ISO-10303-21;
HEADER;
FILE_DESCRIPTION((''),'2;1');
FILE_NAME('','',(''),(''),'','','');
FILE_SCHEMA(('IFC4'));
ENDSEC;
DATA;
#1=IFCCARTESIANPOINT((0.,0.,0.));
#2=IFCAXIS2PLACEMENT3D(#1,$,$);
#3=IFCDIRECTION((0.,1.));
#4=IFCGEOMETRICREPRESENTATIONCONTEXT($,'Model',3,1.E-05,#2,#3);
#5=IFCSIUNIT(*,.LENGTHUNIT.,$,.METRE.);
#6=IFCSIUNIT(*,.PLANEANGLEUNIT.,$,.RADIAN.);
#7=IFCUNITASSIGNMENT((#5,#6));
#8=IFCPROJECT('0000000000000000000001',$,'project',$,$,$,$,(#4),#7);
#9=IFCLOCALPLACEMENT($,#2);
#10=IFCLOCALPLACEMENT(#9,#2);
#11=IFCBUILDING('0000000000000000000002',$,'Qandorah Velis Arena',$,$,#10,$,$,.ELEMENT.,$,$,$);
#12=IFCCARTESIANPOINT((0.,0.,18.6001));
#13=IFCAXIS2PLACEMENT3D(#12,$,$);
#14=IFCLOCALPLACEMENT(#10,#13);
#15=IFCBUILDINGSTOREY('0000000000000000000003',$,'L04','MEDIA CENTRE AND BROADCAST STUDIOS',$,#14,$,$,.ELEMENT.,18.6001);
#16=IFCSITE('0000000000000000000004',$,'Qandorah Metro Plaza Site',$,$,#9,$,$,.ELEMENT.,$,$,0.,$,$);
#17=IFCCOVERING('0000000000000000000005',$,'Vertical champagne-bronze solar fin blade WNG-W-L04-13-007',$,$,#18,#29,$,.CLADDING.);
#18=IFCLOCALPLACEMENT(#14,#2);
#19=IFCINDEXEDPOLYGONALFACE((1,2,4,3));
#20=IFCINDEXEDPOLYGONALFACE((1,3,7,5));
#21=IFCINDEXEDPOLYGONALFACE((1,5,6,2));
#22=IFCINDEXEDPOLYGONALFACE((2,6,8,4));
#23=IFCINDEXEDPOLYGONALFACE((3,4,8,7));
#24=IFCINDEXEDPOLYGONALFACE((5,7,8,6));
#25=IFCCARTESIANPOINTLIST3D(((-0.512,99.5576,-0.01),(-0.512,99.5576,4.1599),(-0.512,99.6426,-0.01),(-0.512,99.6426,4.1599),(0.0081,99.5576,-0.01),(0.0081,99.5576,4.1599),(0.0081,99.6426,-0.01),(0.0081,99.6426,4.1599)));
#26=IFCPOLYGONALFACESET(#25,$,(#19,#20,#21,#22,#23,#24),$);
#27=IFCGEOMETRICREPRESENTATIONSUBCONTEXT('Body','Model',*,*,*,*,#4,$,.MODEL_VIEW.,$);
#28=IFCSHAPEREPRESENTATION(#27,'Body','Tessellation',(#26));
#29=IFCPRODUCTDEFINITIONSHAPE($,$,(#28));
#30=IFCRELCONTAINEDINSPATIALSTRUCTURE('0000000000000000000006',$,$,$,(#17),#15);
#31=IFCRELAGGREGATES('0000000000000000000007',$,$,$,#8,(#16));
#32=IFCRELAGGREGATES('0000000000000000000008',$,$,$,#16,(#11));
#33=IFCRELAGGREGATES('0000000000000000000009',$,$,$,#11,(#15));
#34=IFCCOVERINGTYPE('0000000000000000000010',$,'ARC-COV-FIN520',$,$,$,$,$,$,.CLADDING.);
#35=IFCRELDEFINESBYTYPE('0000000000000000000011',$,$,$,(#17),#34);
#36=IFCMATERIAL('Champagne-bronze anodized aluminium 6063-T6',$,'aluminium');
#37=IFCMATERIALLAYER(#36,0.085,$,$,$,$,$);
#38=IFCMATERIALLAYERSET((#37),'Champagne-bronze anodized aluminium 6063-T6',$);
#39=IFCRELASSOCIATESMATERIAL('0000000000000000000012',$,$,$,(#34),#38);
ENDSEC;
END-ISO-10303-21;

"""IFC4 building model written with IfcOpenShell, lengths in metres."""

from ifc_helpers import new_model, si_unit, direction, frame, origin, origin_2d, place, context, subcontext, project, spatial, rectangle, extrude, material, layer, layer_set, type_object, element, save


model = new_model("IFC4")

# Units and contexts
model_context = context("Model", 3, precision=1e-05, world=origin(), true_north=direction((0.0, 1.0)))
body_context = subcontext(model_context, "Body", "Model", "MODEL_VIEW")
ifc_project = project(units=[si_unit("LENGTHUNIT", "METRE"), si_unit("PLANEANGLEUNIT", "RADIAN")], contexts=[model_context])

# Site, building, storey
site_placement = place(None, origin())
site = spatial("IfcSite", under=ifc_project, at=site_placement, Name="Qandorah Metro Plaza Site", CompositionType="ELEMENT", RefElevation=0.0)
building_placement = place(site_placement, origin())
building = spatial("IfcBuilding", under=site, at=building_placement, Name="Qandorah Velis Arena", CompositionType="ELEMENT")
storey_placement = place(building_placement, frame((0.0, 0.0, 18.6001)))
storey = spatial("IfcBuildingStorey", under=building, at=storey_placement, Name="L04", Description="MEDIA CENTRE AND BROADCAST STUDIOS", CompositionType="ELEMENT", Elevation=18.6001)

# Shared definitions
ifc_material_1 = material(Name="Champagne-bronze anodized aluminium 6063-T6", Category="aluminium")

# Covering
ifc_layer_1 = layer(ifc_material_1, 0.085)
ifc_layer_set_1 = layer_set([ifc_layer_1], Name="Champagne-bronze anodized aluminium 6063-T6")
covering_type = type_object("IfcCoveringType", Name="ARC-COV-FIN520", PredefinedType="CLADDING", material=ifc_layer_set_1)
for number, where, z_axis, x_axis, name in (
    (1, (-0.252, 99.6001, -0.01), (0.0, 0.0, 1.0), (1.0, 0.0, 0.0), "Vertical champagne-bronze solar fin blade WNG-W-L04-13-007"),
):
    element("IfcCovering", number, at=place(storey_placement, frame(where, z_axis=z_axis, x_axis=x_axis)), inside=storey, type_object=covering_type, Name=name, PredefinedType="CLADDING", context=body_context, shape_type="SweptSolid", body=[
        extrude(rectangle(XDim=0.52, YDim=0.085, at=origin_2d()), origin(), (0.0, 0.0, 1.0), 4.1699),
    ])

save(model, "model.ifc")
